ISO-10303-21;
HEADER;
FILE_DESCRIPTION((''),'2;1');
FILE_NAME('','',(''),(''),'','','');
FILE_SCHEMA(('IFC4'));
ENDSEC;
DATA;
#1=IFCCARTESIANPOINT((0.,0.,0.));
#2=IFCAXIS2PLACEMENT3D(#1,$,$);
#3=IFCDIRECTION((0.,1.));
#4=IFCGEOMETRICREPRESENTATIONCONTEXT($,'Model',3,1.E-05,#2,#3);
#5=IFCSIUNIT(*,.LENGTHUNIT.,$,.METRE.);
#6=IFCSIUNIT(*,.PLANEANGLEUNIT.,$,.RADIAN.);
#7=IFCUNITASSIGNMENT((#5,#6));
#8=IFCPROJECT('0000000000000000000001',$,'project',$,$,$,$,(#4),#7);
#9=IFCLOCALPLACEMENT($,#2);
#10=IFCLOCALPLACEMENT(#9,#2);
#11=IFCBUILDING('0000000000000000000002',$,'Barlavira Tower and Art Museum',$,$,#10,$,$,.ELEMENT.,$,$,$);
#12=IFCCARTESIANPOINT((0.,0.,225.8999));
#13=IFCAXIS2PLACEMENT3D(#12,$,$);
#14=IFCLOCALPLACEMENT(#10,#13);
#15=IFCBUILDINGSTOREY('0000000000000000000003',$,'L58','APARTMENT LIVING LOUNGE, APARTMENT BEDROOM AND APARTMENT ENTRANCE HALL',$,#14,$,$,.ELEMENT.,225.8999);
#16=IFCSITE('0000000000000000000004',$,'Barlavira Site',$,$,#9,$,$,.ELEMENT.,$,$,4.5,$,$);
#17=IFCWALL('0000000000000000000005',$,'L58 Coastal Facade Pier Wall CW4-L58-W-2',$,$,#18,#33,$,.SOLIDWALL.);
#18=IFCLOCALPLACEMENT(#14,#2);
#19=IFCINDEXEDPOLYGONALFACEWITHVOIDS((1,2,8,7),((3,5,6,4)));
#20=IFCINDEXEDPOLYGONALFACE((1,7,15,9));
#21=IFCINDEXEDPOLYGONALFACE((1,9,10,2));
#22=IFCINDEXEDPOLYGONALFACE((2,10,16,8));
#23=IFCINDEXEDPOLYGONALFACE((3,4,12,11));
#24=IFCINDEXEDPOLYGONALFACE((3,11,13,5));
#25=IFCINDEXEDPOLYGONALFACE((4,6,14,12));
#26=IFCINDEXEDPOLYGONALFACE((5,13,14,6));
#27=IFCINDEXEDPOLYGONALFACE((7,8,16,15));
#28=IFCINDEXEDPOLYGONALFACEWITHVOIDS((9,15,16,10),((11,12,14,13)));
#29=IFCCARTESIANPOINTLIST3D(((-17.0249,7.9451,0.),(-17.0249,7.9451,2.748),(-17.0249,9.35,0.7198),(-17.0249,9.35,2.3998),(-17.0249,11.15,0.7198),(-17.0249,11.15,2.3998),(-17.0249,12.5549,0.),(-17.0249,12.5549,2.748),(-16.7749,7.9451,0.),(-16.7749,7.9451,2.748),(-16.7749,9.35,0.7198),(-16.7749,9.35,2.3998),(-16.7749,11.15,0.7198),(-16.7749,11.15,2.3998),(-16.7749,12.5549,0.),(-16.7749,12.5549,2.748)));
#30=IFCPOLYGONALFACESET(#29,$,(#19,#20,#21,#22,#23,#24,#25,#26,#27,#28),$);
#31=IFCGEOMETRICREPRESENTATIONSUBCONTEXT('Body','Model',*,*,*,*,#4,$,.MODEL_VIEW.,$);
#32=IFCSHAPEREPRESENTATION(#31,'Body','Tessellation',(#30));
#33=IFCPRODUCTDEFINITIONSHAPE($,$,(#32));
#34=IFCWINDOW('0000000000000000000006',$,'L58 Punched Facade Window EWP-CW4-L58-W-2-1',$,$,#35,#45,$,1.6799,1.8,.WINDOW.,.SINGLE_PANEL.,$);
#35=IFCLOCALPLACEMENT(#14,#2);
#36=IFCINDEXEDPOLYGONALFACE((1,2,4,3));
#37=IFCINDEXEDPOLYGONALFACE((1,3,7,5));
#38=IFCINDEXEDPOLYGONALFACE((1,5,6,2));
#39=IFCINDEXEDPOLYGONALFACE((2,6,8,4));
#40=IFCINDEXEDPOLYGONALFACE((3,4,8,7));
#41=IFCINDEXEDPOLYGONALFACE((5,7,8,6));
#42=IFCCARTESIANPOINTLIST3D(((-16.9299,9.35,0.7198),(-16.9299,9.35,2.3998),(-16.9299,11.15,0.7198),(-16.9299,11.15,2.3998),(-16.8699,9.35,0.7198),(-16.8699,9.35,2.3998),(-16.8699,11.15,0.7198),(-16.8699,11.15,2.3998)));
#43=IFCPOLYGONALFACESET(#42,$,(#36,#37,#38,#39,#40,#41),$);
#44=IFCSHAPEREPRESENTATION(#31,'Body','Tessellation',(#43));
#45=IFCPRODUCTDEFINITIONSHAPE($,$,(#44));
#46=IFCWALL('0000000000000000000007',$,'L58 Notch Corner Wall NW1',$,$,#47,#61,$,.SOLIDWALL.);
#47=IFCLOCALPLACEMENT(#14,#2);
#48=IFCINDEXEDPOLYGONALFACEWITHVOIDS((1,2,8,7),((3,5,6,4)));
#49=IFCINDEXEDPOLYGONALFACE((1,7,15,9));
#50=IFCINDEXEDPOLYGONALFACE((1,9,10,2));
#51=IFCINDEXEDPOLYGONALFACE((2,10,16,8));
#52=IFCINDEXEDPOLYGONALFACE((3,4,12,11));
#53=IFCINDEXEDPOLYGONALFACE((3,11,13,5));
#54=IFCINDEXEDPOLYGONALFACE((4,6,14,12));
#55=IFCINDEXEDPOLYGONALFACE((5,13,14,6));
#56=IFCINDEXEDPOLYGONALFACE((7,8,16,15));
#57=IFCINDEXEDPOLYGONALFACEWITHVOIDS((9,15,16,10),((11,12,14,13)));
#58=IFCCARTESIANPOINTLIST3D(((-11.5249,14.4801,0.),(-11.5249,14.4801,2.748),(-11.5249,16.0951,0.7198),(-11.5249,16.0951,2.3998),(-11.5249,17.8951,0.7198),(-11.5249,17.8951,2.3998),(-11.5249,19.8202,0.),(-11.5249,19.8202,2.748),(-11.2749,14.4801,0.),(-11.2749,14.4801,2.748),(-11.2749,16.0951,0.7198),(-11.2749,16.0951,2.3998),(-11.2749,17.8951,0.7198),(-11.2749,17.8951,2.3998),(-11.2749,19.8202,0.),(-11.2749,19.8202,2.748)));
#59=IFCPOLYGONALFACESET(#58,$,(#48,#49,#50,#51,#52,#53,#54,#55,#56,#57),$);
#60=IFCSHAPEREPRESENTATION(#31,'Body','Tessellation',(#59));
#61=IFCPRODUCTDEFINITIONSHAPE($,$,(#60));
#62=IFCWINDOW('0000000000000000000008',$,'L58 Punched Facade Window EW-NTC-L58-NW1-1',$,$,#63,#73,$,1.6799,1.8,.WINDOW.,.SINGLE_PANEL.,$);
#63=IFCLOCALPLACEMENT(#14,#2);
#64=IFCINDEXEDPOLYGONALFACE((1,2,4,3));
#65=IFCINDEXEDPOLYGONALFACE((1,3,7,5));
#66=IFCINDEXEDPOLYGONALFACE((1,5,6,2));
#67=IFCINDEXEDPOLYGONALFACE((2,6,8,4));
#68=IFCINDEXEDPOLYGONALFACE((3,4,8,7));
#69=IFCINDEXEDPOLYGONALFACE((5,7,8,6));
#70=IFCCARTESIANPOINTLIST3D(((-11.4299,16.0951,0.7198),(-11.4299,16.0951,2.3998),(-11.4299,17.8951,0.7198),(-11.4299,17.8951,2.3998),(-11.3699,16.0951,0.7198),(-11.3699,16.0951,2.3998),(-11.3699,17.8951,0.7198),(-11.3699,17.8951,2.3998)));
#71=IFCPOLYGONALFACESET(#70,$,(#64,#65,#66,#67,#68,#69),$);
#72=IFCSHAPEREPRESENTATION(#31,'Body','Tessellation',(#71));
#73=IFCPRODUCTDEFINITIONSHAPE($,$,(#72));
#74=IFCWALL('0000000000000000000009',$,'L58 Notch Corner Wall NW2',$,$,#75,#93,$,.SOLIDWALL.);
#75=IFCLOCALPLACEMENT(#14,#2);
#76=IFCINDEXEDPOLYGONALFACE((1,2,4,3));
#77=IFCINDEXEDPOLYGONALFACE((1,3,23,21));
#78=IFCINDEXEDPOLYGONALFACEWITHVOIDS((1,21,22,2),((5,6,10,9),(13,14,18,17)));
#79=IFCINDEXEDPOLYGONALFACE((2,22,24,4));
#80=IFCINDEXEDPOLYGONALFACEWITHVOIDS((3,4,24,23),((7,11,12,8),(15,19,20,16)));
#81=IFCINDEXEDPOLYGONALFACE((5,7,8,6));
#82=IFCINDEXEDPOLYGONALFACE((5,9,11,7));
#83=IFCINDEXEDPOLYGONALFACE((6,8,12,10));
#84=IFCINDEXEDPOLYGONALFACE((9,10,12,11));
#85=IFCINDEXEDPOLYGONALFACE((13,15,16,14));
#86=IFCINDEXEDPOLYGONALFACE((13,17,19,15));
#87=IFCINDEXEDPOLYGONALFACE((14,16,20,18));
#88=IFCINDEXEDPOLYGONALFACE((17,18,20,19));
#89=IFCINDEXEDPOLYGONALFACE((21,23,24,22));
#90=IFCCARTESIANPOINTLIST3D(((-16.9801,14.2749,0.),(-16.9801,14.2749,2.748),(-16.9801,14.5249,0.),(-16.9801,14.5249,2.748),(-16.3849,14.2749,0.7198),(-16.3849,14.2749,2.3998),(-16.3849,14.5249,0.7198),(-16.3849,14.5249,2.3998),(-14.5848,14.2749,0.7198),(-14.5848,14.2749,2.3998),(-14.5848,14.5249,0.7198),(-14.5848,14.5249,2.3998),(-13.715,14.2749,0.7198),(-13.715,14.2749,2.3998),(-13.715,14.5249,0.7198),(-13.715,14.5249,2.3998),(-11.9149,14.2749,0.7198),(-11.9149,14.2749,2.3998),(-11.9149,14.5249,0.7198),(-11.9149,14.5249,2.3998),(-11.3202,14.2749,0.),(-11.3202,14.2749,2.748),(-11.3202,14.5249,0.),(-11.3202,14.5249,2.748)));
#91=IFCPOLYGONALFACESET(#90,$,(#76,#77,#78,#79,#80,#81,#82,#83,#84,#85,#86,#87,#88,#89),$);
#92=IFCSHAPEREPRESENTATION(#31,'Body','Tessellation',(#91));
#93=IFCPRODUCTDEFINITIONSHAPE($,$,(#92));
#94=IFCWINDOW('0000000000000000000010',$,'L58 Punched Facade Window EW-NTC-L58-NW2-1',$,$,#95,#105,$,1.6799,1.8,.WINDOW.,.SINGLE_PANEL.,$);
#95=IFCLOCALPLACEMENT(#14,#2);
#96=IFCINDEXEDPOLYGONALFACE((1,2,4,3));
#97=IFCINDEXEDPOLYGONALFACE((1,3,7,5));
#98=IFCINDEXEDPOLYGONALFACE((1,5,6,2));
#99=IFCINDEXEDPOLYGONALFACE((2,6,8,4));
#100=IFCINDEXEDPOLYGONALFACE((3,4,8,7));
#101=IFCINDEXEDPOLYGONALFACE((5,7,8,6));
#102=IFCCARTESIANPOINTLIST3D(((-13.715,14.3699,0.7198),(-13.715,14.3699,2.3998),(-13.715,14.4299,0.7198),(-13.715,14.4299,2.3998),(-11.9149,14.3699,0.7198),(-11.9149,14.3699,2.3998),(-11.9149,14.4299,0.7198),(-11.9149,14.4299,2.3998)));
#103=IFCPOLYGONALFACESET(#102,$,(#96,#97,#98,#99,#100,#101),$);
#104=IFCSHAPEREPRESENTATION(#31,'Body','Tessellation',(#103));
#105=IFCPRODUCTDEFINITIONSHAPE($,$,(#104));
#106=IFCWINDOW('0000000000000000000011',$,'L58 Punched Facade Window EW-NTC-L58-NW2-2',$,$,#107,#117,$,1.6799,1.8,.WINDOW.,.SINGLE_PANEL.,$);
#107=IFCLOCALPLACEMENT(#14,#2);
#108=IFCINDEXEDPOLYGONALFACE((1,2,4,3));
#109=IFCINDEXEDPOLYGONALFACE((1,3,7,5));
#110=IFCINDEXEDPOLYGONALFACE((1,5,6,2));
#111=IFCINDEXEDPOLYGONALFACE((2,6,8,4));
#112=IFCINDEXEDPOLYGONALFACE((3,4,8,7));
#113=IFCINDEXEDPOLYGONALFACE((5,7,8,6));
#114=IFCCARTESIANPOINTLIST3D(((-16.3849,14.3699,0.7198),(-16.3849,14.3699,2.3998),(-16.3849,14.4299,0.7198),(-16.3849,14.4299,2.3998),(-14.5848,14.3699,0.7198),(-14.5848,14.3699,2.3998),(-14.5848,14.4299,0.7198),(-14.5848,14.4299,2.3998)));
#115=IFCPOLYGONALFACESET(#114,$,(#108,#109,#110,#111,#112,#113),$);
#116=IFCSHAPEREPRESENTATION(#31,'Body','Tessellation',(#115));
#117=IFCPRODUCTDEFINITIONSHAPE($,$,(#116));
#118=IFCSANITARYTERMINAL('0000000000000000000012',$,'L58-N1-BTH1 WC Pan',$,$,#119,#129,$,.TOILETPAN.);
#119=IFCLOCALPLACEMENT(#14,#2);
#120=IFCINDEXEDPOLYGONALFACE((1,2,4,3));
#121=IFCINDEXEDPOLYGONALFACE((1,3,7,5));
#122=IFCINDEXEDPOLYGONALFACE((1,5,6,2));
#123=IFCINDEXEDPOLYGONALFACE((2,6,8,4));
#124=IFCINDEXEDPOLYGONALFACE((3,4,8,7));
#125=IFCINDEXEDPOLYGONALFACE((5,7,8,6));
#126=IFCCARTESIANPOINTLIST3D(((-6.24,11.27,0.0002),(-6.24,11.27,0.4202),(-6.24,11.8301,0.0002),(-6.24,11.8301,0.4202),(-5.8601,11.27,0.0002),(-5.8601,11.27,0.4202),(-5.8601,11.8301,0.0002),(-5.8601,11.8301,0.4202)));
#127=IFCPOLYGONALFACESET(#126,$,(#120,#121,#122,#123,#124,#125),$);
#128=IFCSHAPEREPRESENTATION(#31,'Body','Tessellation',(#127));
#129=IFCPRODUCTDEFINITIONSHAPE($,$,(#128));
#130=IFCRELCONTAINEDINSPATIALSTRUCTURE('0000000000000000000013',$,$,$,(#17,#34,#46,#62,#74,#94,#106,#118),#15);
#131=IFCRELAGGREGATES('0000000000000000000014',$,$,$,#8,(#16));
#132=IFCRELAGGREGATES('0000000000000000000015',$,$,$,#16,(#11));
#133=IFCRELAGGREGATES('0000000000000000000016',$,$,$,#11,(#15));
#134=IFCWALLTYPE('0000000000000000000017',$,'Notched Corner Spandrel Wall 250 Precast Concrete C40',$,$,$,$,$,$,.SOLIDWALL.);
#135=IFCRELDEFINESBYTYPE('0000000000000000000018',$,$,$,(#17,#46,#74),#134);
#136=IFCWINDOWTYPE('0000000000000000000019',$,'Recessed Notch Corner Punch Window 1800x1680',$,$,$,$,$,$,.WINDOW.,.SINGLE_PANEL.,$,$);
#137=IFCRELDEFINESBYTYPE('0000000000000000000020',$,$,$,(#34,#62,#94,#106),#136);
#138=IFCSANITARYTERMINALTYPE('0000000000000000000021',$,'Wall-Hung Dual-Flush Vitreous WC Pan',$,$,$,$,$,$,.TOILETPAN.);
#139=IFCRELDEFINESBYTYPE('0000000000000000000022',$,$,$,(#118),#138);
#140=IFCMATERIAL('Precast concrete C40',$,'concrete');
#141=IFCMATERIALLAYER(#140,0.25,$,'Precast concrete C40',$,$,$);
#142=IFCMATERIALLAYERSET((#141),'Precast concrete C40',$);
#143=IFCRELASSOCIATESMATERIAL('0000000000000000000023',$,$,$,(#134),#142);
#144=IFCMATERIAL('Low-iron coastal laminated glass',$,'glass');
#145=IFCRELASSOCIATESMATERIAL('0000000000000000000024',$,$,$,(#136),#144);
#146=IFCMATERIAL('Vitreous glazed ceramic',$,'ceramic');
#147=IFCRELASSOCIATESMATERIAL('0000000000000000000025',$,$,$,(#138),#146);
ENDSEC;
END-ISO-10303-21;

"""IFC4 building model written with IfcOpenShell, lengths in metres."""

from ifc_helpers import new_model, si_unit, direction, frame, frame_2d, origin, origin_2d, place, context, subcontext, project, spatial, rectangle, extrude, material, layer, layer_set, type_object, element, fill, save


model = new_model("IFC4")

# Units and contexts
model_context = context("Model", 3, precision=1e-05, world=origin(), true_north=direction((0.0, 1.0)))
body_context = subcontext(model_context, "Body", "Model", "MODEL_VIEW")
ifc_project = project(units=[si_unit("LENGTHUNIT", "METRE"), si_unit("PLANEANGLEUNIT", "RADIAN")], contexts=[model_context])

# Site, building, storey
site_placement = place(None, origin())
site = spatial("IfcSite", under=ifc_project, at=site_placement, Name="Barlavira Site", CompositionType="ELEMENT", RefElevation=4.5)
building_placement = place(site_placement, origin())
building = spatial("IfcBuilding", under=site, at=building_placement, Name="Barlavira Tower and Art Museum", CompositionType="ELEMENT")
storey_placement = place(building_placement, frame((0.0, 0.0, 225.8999)))
storey = spatial("IfcBuildingStorey", under=building, at=storey_placement, Name="L58", Description="APARTMENT LIVING LOUNGE, APARTMENT BEDROOM AND APARTMENT ENTRANCE HALL", CompositionType="ELEMENT", Elevation=225.8999)

# Shared definitions
ifc_material_1 = material(Name="Low-iron coastal laminated glass", Category="glass")

# Shared definitions
ifc_material_2 = material(Name="Precast concrete C40", Category="concrete")
ifc_layer_1 = layer(ifc_material_2, 0.25, Name="Precast concrete C40")
ifc_layer_set_1 = layer_set([ifc_layer_1], Name="Precast concrete C40")
wall_type_1 = type_object("IfcWallType", Name="Notched Corner Spandrel Wall 250 Precast Concrete C40", PredefinedType="SOLIDWALL", material=ifc_layer_set_1)
window_type = type_object("IfcWindowType", Name="Recessed Notch Corner Punch Window 1800x1680", PartitioningType="SINGLE_PANEL", PredefinedType="WINDOW", material=ifc_material_1)

# Walls, openings, windows
wall_1_placement = place(storey_placement, frame((-16.8999, 12.5549, 0.0), z_axis=(0.0, 0.0, 1.0), x_axis=(0.0, -1.0, 0.0)))
wall_1 = element("IfcWall", 1, at=wall_1_placement, inside=storey, type_object=wall_type_1, Name="L58 Coastal Facade Pier Wall CW4-L58-W-2", PredefinedType="SOLIDWALL", context=body_context, shape_type="SweptSolid", body=[
    extrude(rectangle(XDim=4.6099, YDim=0.25, at=frame_2d((2.3049, 0.0))), origin(), (0.0, 0.0, 1.0), 2.748),
])
opening_1_placement = place(wall_1_placement, frame((1.405, 0.0, 0.72)))
opening_1 = element("IfcOpeningElement", 2, at=opening_1_placement, cuts=wall_1, PredefinedType="OPENING", context=body_context, shape_type="SweptSolid", body=[
    extrude(rectangle(XDim=1.8, YDim=1.6799, at=frame_2d((0.8999, 0.8398))), frame((0.0, 0.135, 0.0), z_axis=(0.0, -1.0, 0.0), x_axis=(1.0, 0.0, 0.0)), (0.0, 0.0, 1.0), 0.27),
])
window_1_placement = place(opening_1_placement, origin())
window_1 = element("IfcWindow", 3, at=window_1_placement, inside=storey, type_object=window_type, Name="L58 Punched Facade Window EWP-CW4-L58-W-2-1", OverallHeight=1.6799, OverallWidth=1.8, PartitioningType="SINGLE_PANEL", PredefinedType="WINDOW", context=body_context, shape_type="SweptSolid", body=[
    extrude(rectangle(XDim=1.8, YDim=1.6799, at=frame_2d((0.8999, 0.8398))), frame((0.0, 0.03, 0.0), z_axis=(0.0, -1.0, 0.0), x_axis=(1.0, 0.0, 0.0)), (0.0, 0.0, 1.0), 0.0601),
])
fill(opening_1, window_1)
wall_2_placement = place(storey_placement, frame((-11.3999, 19.8201, 0.0), z_axis=(0.0, 0.0, 1.0), x_axis=(0.0, -1.0, 0.0)))
wall_2 = element("IfcWall", 4, at=wall_2_placement, inside=storey, type_object=wall_type_1, Name="L58 Notch Corner Wall NW1", PredefinedType="SOLIDWALL", context=body_context, shape_type="SweptSolid", body=[
    extrude(rectangle(XDim=5.3401, YDim=0.25, at=frame_2d((2.6699, 0.0))), origin(), (0.0, 0.0, 1.0), 2.748),
])
opening_2_placement = place(wall_2_placement, frame((1.925, 0.0, 0.72)))
opening_2 = element("IfcOpeningElement", 5, at=opening_2_placement, cuts=wall_2, PredefinedType="OPENING", context=body_context, shape_type="SweptSolid", body=[
    extrude(rectangle(XDim=1.8, YDim=1.6799, at=frame_2d((0.8999, 0.8398))), frame((0.0, 0.135, 0.0), z_axis=(0.0, -1.0, 0.0), x_axis=(1.0, 0.0, 0.0)), (0.0, 0.0, 1.0), 0.27),
])
window_2_placement = place(opening_2_placement, origin())
window_2 = element("IfcWindow", 6, at=window_2_placement, inside=storey, type_object=window_type, Name="L58 Punched Facade Window EW-NTC-L58-NW1-1", OverallHeight=1.6799, OverallWidth=1.8, PartitioningType="SINGLE_PANEL", PredefinedType="WINDOW", context=body_context, shape_type="SweptSolid", body=[
    extrude(rectangle(XDim=1.8, YDim=1.6799, at=frame_2d((0.8999, 0.8398))), frame((0.0, 0.03, 0.0), z_axis=(0.0, -1.0, 0.0), x_axis=(1.0, 0.0, 0.0)), (0.0, 0.0, 1.0), 0.0601),
])
fill(opening_2, window_2)

# Wall, openings, windows
wall_3_placement = place(storey_placement, frame((-11.3201, 14.3999, 0.0), z_axis=(0.0, 0.0, 1.0), x_axis=(-1.0, 0.0, 0.0)))
wall_3 = element("IfcWall", 7, at=wall_3_placement, inside=storey, type_object=wall_type_1, Name="L58 Notch Corner Wall NW2", PredefinedType="SOLIDWALL", context=body_context, shape_type="SweptSolid", body=[
    extrude(rectangle(XDim=5.6599, YDim=0.25, at=frame_2d((2.8301, 0.0))), origin(), (0.0, 0.0, 1.0), 2.748),
])
opening_3_placement = place(wall_3_placement, frame((0.595, 0.0, 0.72)))
opening_3 = element("IfcOpeningElement", 8, at=opening_3_placement, cuts=wall_3, PredefinedType="OPENING", context=body_context, shape_type="SweptSolid", body=[
    extrude(rectangle(XDim=1.8, YDim=1.6799, at=frame_2d((0.8999, 0.8398))), frame((0.0, 0.135, 0.0), z_axis=(0.0, -1.0, 0.0), x_axis=(1.0, 0.0, 0.0)), (0.0, 0.0, 1.0), 0.27),
])
opening_4_placement = place(wall_3_placement, frame((3.2649, 0.0, 0.72)))
opening_4 = element("IfcOpeningElement", 9, at=opening_4_placement, cuts=wall_3, PredefinedType="OPENING", context=body_context, shape_type="SweptSolid", body=[
    extrude(rectangle(XDim=1.8, YDim=1.6799, at=frame_2d((0.8999, 0.8398))), frame((0.0, 0.135, 0.0), z_axis=(0.0, -1.0, 0.0), x_axis=(1.0, 0.0, 0.0)), (0.0, 0.0, 1.0), 0.27),
])
window_3_placement = place(opening_3_placement, origin())
window_3 = element("IfcWindow", 10, at=window_3_placement, inside=storey, type_object=window_type, Name="L58 Punched Facade Window EW-NTC-L58-NW2-1", OverallHeight=1.6799, OverallWidth=1.8, PartitioningType="SINGLE_PANEL", PredefinedType="WINDOW", context=body_context, shape_type="SweptSolid", body=[
    extrude(rectangle(XDim=1.8, YDim=1.6799, at=frame_2d((0.8999, 0.8398))), frame((0.0, 0.03, 0.0), z_axis=(0.0, -1.0, 0.0), x_axis=(1.0, 0.0, 0.0)), (0.0, 0.0, 1.0), 0.0601),
])
fill(opening_3, window_3)
window_4_placement = place(opening_4_placement, origin())
window_4 = element("IfcWindow", 11, at=window_4_placement, inside=storey, type_object=window_type, Name="L58 Punched Facade Window EW-NTC-L58-NW2-2", OverallHeight=1.6799, OverallWidth=1.8, PartitioningType="SINGLE_PANEL", PredefinedType="WINDOW", context=body_context, shape_type="SweptSolid", body=[
    extrude(rectangle(XDim=1.8, YDim=1.6799, at=frame_2d((0.8999, 0.8398))), frame((0.0, 0.03, 0.0), z_axis=(0.0, -1.0, 0.0), x_axis=(1.0, 0.0, 0.0)), (0.0, 0.0, 1.0), 0.0601),
])
fill(opening_4, window_4)

# Sanitary terminal
ifc_material_3 = material(Name="Vitreous glazed ceramic", Category="ceramic")
sanitary_terminal_type = type_object("IfcSanitaryTerminalType", Name="Wall-Hung Dual-Flush Vitreous WC Pan", PredefinedType="TOILETPAN", material=ifc_material_3)
sanitary_terminal_placement = place(storey_placement, frame((-6.05, 11.55, 0.0002), z_axis=(0.0, 0.0, 1.0), x_axis=(1.0, 0.0, 0.0)))
element("IfcSanitaryTerminal", 12, at=sanitary_terminal_placement, inside=storey, type_object=sanitary_terminal_type, Name="L58-N1-BTH1 WC Pan", PredefinedType="TOILETPAN", context=body_context, shape_type="SweptSolid", body=[
    extrude(rectangle(XDim=0.3799, YDim=0.5601, at=origin_2d()), origin(), (0.0, 0.0, 1.0), 0.4199),
])

save(model, "model.ifc")
